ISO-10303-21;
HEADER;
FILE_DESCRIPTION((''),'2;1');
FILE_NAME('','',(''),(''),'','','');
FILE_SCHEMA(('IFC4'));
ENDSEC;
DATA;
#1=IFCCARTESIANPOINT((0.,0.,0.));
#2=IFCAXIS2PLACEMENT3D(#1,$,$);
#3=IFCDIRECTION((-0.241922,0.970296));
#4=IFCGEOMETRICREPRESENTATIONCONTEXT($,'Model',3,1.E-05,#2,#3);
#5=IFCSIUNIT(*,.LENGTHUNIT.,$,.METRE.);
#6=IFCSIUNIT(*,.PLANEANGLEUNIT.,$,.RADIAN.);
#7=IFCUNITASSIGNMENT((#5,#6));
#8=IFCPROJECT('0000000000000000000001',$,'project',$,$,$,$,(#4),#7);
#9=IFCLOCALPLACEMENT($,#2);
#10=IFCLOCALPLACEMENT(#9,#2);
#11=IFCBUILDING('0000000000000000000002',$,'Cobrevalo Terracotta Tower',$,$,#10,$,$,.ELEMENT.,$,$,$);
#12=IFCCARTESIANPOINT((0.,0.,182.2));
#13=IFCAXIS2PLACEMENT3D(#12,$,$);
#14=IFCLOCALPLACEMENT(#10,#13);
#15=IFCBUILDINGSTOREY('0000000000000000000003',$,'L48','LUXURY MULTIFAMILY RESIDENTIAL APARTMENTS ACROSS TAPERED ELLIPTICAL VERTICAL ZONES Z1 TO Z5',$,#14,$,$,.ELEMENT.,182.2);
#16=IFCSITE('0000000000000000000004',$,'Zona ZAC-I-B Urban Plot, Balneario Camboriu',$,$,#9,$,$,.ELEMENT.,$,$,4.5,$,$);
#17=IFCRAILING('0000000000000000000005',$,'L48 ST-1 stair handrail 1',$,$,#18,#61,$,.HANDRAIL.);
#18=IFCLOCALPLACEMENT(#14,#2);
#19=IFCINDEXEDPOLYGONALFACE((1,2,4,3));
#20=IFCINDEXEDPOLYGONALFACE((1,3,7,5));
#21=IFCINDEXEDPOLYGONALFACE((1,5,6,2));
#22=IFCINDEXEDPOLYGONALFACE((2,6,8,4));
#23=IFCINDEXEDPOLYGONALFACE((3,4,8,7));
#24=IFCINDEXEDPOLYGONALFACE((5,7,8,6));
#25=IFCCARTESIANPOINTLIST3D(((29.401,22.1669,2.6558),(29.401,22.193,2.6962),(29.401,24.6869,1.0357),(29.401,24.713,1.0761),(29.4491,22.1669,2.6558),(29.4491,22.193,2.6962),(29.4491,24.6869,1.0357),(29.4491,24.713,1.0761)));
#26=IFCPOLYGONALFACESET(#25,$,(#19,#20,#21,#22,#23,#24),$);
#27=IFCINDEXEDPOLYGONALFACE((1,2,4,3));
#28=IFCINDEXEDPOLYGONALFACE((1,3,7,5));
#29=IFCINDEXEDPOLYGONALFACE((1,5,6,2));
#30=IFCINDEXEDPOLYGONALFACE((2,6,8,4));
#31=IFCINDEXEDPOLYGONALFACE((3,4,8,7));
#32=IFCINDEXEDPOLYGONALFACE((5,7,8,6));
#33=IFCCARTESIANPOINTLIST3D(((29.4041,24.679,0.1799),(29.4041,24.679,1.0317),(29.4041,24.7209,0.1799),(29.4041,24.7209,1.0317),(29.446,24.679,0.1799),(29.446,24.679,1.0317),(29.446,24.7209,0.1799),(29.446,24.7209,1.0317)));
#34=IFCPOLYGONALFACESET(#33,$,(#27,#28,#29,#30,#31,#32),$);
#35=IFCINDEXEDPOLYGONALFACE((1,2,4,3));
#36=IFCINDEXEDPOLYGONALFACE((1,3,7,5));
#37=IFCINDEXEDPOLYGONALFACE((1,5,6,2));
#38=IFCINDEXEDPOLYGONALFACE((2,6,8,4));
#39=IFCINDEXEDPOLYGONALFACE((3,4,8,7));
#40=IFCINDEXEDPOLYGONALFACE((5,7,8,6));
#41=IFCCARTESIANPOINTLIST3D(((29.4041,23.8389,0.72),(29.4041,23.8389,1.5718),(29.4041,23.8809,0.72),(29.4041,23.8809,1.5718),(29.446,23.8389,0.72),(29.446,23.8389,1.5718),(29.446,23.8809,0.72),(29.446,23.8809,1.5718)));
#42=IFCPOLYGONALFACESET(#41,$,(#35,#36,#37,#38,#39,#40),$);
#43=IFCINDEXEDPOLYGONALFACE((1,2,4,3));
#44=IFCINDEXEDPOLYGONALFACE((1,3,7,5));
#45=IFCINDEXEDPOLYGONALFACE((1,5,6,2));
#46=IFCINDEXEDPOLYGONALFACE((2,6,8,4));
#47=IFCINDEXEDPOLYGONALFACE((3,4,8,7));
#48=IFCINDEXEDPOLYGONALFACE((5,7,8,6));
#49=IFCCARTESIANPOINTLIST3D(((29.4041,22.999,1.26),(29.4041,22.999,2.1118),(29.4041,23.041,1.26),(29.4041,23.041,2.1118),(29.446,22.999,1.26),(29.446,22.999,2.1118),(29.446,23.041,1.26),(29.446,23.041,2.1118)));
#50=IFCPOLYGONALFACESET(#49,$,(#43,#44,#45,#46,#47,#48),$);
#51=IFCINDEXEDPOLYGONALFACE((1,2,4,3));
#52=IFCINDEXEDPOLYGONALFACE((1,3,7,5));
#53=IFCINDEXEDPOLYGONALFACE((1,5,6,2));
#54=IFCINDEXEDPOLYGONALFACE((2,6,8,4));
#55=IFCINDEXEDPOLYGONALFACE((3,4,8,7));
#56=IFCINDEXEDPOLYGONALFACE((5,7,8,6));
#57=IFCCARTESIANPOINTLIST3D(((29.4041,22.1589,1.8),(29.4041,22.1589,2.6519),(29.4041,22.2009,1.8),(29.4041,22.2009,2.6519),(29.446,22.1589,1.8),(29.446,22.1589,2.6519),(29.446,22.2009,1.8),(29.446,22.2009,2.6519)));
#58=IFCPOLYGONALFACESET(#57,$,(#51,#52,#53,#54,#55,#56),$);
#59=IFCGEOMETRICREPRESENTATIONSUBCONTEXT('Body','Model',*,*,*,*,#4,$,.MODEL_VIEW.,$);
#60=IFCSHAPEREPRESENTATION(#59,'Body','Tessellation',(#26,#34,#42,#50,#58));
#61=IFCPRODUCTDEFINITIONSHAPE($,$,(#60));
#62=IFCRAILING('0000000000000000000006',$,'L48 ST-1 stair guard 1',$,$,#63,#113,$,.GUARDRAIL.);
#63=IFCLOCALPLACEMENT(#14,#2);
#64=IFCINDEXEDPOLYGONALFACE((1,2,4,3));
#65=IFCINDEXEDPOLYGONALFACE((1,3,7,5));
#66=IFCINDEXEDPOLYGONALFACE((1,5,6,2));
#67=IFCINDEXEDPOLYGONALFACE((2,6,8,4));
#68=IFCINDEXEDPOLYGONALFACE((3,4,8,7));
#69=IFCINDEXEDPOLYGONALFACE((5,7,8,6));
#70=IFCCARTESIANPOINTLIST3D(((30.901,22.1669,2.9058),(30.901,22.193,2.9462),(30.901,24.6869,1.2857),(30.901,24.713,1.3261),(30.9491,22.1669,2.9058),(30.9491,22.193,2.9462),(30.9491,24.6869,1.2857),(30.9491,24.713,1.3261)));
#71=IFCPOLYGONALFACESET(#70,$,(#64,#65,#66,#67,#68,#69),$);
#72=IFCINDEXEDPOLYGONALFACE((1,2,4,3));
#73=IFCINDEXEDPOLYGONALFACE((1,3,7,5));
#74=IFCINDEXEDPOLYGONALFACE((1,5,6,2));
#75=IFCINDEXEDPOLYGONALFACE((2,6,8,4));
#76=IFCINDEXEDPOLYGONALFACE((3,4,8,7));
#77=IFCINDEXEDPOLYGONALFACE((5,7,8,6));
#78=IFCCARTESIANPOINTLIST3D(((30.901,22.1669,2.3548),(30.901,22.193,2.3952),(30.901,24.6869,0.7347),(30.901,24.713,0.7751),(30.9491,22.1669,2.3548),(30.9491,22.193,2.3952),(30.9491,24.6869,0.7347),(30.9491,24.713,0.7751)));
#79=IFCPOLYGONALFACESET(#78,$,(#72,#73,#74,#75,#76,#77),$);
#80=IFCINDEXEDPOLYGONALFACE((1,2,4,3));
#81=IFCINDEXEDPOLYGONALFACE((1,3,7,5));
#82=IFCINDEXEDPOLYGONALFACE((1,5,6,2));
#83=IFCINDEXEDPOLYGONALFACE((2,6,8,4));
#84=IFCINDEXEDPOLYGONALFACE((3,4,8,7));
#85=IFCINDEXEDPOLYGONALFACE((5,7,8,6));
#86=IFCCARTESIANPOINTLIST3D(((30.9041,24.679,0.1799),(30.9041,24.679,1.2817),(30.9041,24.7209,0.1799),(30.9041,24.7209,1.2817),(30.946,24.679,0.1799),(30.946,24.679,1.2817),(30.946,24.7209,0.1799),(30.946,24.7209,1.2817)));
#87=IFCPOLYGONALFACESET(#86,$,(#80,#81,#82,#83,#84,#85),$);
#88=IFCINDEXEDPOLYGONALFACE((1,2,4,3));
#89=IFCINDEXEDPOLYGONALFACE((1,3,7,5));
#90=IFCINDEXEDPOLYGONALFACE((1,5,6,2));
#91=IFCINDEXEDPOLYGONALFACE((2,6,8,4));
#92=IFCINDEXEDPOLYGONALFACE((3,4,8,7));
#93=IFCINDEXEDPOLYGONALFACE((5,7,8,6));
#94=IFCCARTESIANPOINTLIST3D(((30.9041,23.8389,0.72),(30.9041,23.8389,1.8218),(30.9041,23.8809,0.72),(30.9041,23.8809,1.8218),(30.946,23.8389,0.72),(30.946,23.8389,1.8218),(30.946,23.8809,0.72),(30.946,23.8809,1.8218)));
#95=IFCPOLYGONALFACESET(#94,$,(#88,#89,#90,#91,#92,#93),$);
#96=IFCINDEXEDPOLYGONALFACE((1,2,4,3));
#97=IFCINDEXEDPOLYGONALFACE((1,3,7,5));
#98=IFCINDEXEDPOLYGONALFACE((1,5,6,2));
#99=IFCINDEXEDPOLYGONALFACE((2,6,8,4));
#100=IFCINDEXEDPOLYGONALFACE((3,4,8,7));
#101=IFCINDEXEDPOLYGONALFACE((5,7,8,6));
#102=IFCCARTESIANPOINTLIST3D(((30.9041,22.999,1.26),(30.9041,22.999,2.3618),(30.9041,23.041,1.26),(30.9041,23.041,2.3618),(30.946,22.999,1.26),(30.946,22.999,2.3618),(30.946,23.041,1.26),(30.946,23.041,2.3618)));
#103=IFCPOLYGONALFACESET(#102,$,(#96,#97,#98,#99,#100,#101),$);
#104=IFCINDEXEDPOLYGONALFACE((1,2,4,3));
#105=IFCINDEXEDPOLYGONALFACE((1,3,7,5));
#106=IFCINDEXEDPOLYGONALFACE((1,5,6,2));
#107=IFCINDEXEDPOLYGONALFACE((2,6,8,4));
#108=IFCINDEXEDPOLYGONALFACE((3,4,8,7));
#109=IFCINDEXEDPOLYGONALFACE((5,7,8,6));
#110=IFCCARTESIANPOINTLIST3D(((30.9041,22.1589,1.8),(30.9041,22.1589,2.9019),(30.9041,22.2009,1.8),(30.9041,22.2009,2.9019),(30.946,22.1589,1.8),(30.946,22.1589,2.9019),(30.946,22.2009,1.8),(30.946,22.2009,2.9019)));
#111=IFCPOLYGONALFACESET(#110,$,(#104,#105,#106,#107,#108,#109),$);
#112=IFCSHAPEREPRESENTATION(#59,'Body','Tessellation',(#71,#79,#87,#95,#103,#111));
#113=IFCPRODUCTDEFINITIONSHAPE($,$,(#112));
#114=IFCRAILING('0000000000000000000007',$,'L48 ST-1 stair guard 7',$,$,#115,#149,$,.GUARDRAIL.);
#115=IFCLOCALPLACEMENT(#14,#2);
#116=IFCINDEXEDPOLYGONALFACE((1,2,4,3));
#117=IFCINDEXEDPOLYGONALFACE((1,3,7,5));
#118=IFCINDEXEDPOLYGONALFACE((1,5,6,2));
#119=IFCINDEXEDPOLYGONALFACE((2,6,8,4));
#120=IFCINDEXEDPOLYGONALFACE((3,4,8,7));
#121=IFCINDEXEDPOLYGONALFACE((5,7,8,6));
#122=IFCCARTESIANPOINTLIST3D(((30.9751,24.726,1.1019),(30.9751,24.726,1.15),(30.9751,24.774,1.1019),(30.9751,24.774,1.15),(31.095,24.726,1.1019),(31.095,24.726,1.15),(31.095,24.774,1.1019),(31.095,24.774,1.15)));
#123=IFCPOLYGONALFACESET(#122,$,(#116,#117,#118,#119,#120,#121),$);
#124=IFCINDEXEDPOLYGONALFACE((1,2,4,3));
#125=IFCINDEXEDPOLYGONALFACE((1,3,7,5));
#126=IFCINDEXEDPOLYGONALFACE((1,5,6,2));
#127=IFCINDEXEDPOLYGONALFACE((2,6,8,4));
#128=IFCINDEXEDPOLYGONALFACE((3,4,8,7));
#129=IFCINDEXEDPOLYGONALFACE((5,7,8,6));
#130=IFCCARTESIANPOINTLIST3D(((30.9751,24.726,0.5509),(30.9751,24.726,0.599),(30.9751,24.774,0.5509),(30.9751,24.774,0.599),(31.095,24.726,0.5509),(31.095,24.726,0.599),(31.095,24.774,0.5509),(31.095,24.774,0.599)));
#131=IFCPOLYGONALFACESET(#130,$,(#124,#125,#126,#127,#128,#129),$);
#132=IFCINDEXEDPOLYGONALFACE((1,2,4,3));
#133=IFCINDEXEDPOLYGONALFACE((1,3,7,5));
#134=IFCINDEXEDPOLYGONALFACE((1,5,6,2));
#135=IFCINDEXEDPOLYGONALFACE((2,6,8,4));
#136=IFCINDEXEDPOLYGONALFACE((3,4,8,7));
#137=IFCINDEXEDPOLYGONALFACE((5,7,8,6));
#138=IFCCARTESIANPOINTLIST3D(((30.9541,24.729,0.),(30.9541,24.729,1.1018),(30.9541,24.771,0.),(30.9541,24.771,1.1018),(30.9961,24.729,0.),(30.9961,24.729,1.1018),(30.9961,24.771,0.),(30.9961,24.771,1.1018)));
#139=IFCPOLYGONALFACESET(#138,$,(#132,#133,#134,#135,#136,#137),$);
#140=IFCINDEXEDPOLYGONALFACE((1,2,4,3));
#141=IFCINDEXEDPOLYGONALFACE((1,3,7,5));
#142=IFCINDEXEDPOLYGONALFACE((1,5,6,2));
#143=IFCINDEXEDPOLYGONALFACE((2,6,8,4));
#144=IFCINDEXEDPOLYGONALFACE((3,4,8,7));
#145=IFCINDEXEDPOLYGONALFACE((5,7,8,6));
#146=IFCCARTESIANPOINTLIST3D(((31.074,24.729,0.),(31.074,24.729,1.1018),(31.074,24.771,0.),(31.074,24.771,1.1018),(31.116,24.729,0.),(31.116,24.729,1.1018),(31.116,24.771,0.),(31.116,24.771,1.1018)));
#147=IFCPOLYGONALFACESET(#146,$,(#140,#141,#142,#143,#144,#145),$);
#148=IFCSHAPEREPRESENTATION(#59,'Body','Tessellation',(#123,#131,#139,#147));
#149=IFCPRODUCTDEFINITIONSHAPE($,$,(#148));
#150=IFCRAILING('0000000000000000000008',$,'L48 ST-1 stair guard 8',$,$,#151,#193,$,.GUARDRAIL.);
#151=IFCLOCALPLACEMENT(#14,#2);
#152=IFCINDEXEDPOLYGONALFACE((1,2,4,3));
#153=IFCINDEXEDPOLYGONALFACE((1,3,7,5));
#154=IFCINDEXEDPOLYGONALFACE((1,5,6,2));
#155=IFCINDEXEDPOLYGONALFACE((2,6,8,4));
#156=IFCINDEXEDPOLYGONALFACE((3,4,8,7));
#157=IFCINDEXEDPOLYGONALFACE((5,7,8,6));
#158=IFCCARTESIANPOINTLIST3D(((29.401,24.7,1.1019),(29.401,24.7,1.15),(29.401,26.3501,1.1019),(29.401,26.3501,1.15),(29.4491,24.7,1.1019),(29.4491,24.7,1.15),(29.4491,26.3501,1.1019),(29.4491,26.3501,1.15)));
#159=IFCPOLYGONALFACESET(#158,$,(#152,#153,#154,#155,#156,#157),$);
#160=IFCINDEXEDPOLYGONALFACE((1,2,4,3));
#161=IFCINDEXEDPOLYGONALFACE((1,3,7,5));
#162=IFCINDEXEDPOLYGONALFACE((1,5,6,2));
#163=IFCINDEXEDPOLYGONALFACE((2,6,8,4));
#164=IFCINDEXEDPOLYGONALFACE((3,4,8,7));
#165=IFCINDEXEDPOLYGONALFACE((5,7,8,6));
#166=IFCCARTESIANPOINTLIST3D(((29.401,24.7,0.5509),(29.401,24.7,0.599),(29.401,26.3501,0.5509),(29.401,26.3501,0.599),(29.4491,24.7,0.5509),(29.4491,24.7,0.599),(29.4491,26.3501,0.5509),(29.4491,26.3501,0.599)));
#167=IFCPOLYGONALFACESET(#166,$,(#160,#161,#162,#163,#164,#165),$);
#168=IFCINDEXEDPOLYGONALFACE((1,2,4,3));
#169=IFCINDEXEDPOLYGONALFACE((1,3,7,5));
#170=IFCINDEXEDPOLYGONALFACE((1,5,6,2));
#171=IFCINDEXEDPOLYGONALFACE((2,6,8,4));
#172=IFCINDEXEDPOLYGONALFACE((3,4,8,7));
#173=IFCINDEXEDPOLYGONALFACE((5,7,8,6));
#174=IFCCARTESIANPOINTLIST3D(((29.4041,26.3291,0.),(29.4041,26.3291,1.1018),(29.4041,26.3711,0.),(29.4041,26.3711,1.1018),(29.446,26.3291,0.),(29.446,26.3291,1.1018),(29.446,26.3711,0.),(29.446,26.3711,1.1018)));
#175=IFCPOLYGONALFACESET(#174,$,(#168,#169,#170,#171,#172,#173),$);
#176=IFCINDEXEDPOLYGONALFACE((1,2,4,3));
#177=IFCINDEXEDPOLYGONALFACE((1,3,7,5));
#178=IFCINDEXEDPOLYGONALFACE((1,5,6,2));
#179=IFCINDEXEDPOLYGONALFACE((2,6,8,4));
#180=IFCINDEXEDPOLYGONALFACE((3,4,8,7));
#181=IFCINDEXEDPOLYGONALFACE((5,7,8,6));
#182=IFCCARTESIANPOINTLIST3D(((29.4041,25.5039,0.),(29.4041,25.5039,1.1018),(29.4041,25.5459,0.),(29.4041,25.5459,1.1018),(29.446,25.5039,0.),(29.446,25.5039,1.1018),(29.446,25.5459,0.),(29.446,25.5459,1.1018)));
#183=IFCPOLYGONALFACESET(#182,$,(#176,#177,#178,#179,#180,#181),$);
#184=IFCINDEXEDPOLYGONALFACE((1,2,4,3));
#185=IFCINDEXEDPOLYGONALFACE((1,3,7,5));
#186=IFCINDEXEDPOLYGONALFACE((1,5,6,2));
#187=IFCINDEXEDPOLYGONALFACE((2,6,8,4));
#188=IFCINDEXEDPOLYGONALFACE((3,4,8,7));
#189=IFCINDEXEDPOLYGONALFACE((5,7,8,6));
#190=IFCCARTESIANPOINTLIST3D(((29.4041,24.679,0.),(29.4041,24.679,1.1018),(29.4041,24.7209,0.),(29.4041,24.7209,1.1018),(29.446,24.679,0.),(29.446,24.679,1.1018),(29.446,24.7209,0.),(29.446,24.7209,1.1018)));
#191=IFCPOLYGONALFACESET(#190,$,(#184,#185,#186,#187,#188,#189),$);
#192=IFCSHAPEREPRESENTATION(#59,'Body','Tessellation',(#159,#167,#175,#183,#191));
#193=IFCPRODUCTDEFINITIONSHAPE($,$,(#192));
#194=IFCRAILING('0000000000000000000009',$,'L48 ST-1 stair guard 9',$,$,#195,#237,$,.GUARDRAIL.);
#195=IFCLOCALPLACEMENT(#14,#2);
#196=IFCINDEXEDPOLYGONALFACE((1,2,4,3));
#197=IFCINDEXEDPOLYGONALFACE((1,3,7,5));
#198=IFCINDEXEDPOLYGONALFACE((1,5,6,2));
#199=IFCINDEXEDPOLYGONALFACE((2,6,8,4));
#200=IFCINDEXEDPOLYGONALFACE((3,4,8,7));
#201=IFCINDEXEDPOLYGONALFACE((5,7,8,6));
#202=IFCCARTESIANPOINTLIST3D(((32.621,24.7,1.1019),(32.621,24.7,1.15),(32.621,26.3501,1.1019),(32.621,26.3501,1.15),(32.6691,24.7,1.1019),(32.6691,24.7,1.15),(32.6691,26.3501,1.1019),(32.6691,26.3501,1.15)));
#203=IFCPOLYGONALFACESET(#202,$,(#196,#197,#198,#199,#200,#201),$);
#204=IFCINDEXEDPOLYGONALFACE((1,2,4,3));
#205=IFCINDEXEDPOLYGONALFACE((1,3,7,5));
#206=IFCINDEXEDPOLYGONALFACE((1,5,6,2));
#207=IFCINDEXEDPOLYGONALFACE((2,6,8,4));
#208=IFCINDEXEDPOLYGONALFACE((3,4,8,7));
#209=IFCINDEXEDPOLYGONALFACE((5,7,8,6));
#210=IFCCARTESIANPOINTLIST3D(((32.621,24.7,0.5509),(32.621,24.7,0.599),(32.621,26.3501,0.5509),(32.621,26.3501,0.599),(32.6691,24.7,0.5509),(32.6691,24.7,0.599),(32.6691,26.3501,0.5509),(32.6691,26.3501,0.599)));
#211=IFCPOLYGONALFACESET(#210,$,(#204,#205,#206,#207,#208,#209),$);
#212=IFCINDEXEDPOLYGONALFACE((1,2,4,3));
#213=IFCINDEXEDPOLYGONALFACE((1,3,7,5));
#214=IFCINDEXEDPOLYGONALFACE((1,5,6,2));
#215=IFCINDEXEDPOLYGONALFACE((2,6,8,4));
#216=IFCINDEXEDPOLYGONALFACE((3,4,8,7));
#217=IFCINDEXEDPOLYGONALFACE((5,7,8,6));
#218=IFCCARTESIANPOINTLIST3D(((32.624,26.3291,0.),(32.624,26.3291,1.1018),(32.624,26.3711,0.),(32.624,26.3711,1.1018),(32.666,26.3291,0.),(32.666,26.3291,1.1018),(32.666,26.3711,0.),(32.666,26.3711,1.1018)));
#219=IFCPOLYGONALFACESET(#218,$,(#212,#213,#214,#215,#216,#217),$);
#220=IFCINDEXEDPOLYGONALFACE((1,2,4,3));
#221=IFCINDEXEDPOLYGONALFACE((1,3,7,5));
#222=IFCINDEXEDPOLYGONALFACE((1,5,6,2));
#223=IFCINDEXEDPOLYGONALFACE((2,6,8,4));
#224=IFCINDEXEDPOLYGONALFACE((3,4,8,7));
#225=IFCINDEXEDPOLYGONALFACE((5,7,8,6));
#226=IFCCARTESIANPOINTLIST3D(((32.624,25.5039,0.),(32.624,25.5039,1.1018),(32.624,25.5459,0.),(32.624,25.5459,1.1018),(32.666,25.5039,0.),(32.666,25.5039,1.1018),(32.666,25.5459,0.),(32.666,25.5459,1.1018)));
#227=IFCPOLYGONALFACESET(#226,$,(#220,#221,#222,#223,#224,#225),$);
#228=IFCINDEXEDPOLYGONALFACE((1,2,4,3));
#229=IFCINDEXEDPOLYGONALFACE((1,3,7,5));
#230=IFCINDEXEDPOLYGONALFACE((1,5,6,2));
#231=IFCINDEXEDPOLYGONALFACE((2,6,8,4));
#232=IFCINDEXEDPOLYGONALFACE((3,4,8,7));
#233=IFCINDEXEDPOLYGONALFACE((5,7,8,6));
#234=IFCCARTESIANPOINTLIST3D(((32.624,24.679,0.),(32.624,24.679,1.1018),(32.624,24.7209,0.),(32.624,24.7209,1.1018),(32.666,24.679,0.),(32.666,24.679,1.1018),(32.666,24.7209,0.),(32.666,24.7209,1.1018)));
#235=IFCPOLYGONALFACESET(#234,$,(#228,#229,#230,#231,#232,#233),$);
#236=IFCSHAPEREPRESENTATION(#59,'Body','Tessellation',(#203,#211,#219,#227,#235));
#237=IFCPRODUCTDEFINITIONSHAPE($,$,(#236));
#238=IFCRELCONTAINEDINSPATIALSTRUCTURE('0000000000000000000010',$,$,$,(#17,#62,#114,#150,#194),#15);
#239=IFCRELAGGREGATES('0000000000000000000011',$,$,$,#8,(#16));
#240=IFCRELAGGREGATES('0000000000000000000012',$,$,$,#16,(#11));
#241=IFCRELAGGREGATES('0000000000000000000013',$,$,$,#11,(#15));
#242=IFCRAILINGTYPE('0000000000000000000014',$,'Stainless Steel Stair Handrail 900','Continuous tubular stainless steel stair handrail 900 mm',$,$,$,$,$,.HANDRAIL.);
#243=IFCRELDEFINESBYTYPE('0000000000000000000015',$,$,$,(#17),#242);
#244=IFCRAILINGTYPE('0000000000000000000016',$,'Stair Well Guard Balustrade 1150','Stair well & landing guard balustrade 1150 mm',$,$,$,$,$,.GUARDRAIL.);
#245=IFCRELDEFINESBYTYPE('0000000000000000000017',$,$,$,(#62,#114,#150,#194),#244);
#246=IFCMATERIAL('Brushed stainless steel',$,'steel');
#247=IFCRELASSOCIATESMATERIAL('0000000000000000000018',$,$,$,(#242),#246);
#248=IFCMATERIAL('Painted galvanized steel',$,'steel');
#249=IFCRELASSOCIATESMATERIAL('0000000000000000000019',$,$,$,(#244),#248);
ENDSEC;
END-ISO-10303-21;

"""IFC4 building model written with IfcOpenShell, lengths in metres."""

from ifc_helpers import new_model, si_unit, direction, frame, origin, origin_2d, place, context, subcontext, project, spatial, rectangle, extrude, material, type_object, element, save


model = new_model("IFC4")

# Units and contexts
model_context = context("Model", 3, precision=1e-05, world=origin(), true_north=direction((-0.241922, 0.970296)))
body_context = subcontext(model_context, "Body", "Model", "MODEL_VIEW")
ifc_project = project(units=[si_unit("LENGTHUNIT", "METRE"), si_unit("PLANEANGLEUNIT", "RADIAN")], contexts=[model_context])

# Site, building, storey
site_placement = place(None, origin())
site = spatial("IfcSite", under=ifc_project, at=site_placement, Name="Zona ZAC-I-B Urban Plot, Balneario Camboriu", CompositionType="ELEMENT", RefElevation=4.5)
building_placement = place(site_placement, origin())
building = spatial("IfcBuilding", under=site, at=building_placement, Name="Cobrevalo Terracotta Tower", CompositionType="ELEMENT")
storey_placement = place(building_placement, frame((0.0, 0.0, 182.2)))
storey = spatial("IfcBuildingStorey", under=building, at=storey_placement, Name="L48", Description="LUXURY MULTIFAMILY RESIDENTIAL APARTMENTS ACROSS TAPERED ELLIPTICAL VERTICAL ZONES Z1 TO Z5", CompositionType="ELEMENT", Elevation=182.2)

# Shared definitions
ifc_material_1 = material(Name="Brushed stainless steel", Category="steel")

# Railings
railing_type_1 = type_object("IfcRailingType", Name="Stainless Steel Stair Handrail 900", Description="Continuous tubular stainless steel stair handrail 900 mm", PredefinedType="HANDRAIL", material=ifc_material_1)
railing_1_placement = place(storey_placement, frame((29.425, 24.7, 0.1799)))
element("IfcRailing", 1, at=railing_1_placement, inside=storey, type_object=railing_type_1, Name="L48 ST-1 stair handrail 1", PredefinedType="HANDRAIL", context=body_context, shape_type="SweptSolid", body=[
    extrude(rectangle(XDim=0.0481, YDim=0.0481, at=origin_2d()), frame((0.0, 0.0, 0.876), z_axis=(0.0, -0.841163, 0.540782), x_axis=(1.0, 0.0, 0.0)), (0.0, 0.0, 1.0), 2.9958),
    extrude(rectangle(XDim=0.042, YDim=0.042, at=origin_2d()), origin(), (0.0, 0.0, 1.0), 0.8518),
    extrude(rectangle(XDim=0.042, YDim=0.042, at=origin_2d()), frame((0.0, -0.8401, 0.54)), (0.0, 0.0, 1.0), 0.8518),
    extrude(rectangle(XDim=0.042, YDim=0.042, at=origin_2d()), frame((0.0, -1.6799, 1.0801)), (0.0, 0.0, 1.0), 0.8518),
    extrude(rectangle(XDim=0.042, YDim=0.042, at=origin_2d()), frame((0.0, -2.52, 1.6201)), (0.0, 0.0, 1.0), 0.8518),
])
ifc_material_2 = material(Name="Painted galvanized steel", Category="steel")
railing_type_2 = type_object("IfcRailingType", Name="Stair Well Guard Balustrade 1150", Description="Stair well & landing guard balustrade 1150 mm", PredefinedType="GUARDRAIL", material=ifc_material_2)
railing_2_placement = place(storey_placement, frame((30.925, 24.7, 0.1799)))
element("IfcRailing", 2, at=railing_2_placement, inside=storey, type_object=railing_type_2, Name="L48 ST-1 stair guard 1", PredefinedType="GUARDRAIL", context=body_context, shape_type="SweptSolid", body=[
    extrude(rectangle(XDim=0.0481, YDim=0.0481, at=origin_2d()), frame((0.0, 0.0, 1.126), z_axis=(0.0, -0.841163, 0.540782), x_axis=(1.0, 0.0, 0.0)), (0.0, 0.0, 1.0), 2.9958),
    extrude(rectangle(XDim=0.0481, YDim=0.0481, at=origin_2d()), frame((0.0, 0.0, 0.575), z_axis=(0.0, -0.841163, 0.540782), x_axis=(1.0, 0.0, 0.0)), (0.0, 0.0, 1.0), 2.9958),
    extrude(rectangle(XDim=0.042, YDim=0.042, at=origin_2d()), origin(), (0.0, 0.0, 1.0), 1.1018),
    extrude(rectangle(XDim=0.042, YDim=0.042, at=origin_2d()), frame((0.0, -0.8401, 0.54)), (0.0, 0.0, 1.0), 1.1018),
    extrude(rectangle(XDim=0.042, YDim=0.042, at=origin_2d()), frame((0.0, -1.6799, 1.0801)), (0.0, 0.0, 1.0), 1.1018),
    extrude(rectangle(XDim=0.042, YDim=0.042, at=origin_2d()), frame((0.0, -2.52, 1.6201)), (0.0, 0.0, 1.0), 1.1018),
])
railing_3_placement = place(storey_placement, frame((30.9751, 24.75, 0.0)))
element("IfcRailing", 3, at=railing_3_placement, inside=storey, type_object=railing_type_2, Name="L48 ST-1 stair guard 7", PredefinedType="GUARDRAIL", context=body_context, shape_type="SweptSolid", body=[
    extrude(rectangle(XDim=0.0481, YDim=0.0481, at=origin_2d()), frame((0.0, 0.0, 1.126), z_axis=(1.0, 0.0, 0.0), x_axis=(0.0, 1.0, 0.0)), (0.0, 0.0, 1.0), 0.1199),
    extrude(rectangle(XDim=0.0481, YDim=0.0481, at=origin_2d()), frame((0.0, 0.0, 0.575), z_axis=(1.0, 0.0, 0.0), x_axis=(0.0, 1.0, 0.0)), (0.0, 0.0, 1.0), 0.1199),
    extrude(rectangle(XDim=0.042, YDim=0.042, at=origin_2d()), origin(), (0.0, 0.0, 1.0), 1.1018),
    extrude(rectangle(XDim=0.042, YDim=0.042, at=origin_2d()), frame((0.1199, 0.0, 0.0)), (0.0, 0.0, 1.0), 1.1018),
])
for number, where, name in (
    (4, (29.425, 26.3501, 0.0), "L48 ST-1 stair guard 8"),
    (5, (32.645, 26.3501, 0.0), "L48 ST-1 stair guard 9"),
):
    element("IfcRailing", number, at=place(storey_placement, frame(where)), inside=storey, type_object=railing_type_2, Name=name, PredefinedType="GUARDRAIL", context=body_context, shape_type="SweptSolid", body=[
        extrude(rectangle(XDim=0.0481, YDim=0.0481, at=origin_2d()), frame((0.0, 0.0, 1.126), z_axis=(0.0, -1.0, 0.0), x_axis=(1.0, 0.0, 0.0)), (0.0, 0.0, 1.0), 1.6501),
        extrude(rectangle(XDim=0.0481, YDim=0.0481, at=origin_2d()), frame((0.0, 0.0, 0.575), z_axis=(0.0, -1.0, 0.0), x_axis=(1.0, 0.0, 0.0)), (0.0, 0.0, 1.0), 1.6501),
        extrude(rectangle(XDim=0.042, YDim=0.042, at=origin_2d()), origin(), (0.0, 0.0, 1.0), 1.1018),
        extrude(rectangle(XDim=0.042, YDim=0.042, at=origin_2d()), frame((0.0, -0.8252, 0.0)), (0.0, 0.0, 1.0), 1.1018),
        extrude(rectangle(XDim=0.042, YDim=0.042, at=origin_2d()), frame((0.0, -1.6501, 0.0)), (0.0, 0.0, 1.0), 1.1018),
    ])

save(model, "model.ifc")
